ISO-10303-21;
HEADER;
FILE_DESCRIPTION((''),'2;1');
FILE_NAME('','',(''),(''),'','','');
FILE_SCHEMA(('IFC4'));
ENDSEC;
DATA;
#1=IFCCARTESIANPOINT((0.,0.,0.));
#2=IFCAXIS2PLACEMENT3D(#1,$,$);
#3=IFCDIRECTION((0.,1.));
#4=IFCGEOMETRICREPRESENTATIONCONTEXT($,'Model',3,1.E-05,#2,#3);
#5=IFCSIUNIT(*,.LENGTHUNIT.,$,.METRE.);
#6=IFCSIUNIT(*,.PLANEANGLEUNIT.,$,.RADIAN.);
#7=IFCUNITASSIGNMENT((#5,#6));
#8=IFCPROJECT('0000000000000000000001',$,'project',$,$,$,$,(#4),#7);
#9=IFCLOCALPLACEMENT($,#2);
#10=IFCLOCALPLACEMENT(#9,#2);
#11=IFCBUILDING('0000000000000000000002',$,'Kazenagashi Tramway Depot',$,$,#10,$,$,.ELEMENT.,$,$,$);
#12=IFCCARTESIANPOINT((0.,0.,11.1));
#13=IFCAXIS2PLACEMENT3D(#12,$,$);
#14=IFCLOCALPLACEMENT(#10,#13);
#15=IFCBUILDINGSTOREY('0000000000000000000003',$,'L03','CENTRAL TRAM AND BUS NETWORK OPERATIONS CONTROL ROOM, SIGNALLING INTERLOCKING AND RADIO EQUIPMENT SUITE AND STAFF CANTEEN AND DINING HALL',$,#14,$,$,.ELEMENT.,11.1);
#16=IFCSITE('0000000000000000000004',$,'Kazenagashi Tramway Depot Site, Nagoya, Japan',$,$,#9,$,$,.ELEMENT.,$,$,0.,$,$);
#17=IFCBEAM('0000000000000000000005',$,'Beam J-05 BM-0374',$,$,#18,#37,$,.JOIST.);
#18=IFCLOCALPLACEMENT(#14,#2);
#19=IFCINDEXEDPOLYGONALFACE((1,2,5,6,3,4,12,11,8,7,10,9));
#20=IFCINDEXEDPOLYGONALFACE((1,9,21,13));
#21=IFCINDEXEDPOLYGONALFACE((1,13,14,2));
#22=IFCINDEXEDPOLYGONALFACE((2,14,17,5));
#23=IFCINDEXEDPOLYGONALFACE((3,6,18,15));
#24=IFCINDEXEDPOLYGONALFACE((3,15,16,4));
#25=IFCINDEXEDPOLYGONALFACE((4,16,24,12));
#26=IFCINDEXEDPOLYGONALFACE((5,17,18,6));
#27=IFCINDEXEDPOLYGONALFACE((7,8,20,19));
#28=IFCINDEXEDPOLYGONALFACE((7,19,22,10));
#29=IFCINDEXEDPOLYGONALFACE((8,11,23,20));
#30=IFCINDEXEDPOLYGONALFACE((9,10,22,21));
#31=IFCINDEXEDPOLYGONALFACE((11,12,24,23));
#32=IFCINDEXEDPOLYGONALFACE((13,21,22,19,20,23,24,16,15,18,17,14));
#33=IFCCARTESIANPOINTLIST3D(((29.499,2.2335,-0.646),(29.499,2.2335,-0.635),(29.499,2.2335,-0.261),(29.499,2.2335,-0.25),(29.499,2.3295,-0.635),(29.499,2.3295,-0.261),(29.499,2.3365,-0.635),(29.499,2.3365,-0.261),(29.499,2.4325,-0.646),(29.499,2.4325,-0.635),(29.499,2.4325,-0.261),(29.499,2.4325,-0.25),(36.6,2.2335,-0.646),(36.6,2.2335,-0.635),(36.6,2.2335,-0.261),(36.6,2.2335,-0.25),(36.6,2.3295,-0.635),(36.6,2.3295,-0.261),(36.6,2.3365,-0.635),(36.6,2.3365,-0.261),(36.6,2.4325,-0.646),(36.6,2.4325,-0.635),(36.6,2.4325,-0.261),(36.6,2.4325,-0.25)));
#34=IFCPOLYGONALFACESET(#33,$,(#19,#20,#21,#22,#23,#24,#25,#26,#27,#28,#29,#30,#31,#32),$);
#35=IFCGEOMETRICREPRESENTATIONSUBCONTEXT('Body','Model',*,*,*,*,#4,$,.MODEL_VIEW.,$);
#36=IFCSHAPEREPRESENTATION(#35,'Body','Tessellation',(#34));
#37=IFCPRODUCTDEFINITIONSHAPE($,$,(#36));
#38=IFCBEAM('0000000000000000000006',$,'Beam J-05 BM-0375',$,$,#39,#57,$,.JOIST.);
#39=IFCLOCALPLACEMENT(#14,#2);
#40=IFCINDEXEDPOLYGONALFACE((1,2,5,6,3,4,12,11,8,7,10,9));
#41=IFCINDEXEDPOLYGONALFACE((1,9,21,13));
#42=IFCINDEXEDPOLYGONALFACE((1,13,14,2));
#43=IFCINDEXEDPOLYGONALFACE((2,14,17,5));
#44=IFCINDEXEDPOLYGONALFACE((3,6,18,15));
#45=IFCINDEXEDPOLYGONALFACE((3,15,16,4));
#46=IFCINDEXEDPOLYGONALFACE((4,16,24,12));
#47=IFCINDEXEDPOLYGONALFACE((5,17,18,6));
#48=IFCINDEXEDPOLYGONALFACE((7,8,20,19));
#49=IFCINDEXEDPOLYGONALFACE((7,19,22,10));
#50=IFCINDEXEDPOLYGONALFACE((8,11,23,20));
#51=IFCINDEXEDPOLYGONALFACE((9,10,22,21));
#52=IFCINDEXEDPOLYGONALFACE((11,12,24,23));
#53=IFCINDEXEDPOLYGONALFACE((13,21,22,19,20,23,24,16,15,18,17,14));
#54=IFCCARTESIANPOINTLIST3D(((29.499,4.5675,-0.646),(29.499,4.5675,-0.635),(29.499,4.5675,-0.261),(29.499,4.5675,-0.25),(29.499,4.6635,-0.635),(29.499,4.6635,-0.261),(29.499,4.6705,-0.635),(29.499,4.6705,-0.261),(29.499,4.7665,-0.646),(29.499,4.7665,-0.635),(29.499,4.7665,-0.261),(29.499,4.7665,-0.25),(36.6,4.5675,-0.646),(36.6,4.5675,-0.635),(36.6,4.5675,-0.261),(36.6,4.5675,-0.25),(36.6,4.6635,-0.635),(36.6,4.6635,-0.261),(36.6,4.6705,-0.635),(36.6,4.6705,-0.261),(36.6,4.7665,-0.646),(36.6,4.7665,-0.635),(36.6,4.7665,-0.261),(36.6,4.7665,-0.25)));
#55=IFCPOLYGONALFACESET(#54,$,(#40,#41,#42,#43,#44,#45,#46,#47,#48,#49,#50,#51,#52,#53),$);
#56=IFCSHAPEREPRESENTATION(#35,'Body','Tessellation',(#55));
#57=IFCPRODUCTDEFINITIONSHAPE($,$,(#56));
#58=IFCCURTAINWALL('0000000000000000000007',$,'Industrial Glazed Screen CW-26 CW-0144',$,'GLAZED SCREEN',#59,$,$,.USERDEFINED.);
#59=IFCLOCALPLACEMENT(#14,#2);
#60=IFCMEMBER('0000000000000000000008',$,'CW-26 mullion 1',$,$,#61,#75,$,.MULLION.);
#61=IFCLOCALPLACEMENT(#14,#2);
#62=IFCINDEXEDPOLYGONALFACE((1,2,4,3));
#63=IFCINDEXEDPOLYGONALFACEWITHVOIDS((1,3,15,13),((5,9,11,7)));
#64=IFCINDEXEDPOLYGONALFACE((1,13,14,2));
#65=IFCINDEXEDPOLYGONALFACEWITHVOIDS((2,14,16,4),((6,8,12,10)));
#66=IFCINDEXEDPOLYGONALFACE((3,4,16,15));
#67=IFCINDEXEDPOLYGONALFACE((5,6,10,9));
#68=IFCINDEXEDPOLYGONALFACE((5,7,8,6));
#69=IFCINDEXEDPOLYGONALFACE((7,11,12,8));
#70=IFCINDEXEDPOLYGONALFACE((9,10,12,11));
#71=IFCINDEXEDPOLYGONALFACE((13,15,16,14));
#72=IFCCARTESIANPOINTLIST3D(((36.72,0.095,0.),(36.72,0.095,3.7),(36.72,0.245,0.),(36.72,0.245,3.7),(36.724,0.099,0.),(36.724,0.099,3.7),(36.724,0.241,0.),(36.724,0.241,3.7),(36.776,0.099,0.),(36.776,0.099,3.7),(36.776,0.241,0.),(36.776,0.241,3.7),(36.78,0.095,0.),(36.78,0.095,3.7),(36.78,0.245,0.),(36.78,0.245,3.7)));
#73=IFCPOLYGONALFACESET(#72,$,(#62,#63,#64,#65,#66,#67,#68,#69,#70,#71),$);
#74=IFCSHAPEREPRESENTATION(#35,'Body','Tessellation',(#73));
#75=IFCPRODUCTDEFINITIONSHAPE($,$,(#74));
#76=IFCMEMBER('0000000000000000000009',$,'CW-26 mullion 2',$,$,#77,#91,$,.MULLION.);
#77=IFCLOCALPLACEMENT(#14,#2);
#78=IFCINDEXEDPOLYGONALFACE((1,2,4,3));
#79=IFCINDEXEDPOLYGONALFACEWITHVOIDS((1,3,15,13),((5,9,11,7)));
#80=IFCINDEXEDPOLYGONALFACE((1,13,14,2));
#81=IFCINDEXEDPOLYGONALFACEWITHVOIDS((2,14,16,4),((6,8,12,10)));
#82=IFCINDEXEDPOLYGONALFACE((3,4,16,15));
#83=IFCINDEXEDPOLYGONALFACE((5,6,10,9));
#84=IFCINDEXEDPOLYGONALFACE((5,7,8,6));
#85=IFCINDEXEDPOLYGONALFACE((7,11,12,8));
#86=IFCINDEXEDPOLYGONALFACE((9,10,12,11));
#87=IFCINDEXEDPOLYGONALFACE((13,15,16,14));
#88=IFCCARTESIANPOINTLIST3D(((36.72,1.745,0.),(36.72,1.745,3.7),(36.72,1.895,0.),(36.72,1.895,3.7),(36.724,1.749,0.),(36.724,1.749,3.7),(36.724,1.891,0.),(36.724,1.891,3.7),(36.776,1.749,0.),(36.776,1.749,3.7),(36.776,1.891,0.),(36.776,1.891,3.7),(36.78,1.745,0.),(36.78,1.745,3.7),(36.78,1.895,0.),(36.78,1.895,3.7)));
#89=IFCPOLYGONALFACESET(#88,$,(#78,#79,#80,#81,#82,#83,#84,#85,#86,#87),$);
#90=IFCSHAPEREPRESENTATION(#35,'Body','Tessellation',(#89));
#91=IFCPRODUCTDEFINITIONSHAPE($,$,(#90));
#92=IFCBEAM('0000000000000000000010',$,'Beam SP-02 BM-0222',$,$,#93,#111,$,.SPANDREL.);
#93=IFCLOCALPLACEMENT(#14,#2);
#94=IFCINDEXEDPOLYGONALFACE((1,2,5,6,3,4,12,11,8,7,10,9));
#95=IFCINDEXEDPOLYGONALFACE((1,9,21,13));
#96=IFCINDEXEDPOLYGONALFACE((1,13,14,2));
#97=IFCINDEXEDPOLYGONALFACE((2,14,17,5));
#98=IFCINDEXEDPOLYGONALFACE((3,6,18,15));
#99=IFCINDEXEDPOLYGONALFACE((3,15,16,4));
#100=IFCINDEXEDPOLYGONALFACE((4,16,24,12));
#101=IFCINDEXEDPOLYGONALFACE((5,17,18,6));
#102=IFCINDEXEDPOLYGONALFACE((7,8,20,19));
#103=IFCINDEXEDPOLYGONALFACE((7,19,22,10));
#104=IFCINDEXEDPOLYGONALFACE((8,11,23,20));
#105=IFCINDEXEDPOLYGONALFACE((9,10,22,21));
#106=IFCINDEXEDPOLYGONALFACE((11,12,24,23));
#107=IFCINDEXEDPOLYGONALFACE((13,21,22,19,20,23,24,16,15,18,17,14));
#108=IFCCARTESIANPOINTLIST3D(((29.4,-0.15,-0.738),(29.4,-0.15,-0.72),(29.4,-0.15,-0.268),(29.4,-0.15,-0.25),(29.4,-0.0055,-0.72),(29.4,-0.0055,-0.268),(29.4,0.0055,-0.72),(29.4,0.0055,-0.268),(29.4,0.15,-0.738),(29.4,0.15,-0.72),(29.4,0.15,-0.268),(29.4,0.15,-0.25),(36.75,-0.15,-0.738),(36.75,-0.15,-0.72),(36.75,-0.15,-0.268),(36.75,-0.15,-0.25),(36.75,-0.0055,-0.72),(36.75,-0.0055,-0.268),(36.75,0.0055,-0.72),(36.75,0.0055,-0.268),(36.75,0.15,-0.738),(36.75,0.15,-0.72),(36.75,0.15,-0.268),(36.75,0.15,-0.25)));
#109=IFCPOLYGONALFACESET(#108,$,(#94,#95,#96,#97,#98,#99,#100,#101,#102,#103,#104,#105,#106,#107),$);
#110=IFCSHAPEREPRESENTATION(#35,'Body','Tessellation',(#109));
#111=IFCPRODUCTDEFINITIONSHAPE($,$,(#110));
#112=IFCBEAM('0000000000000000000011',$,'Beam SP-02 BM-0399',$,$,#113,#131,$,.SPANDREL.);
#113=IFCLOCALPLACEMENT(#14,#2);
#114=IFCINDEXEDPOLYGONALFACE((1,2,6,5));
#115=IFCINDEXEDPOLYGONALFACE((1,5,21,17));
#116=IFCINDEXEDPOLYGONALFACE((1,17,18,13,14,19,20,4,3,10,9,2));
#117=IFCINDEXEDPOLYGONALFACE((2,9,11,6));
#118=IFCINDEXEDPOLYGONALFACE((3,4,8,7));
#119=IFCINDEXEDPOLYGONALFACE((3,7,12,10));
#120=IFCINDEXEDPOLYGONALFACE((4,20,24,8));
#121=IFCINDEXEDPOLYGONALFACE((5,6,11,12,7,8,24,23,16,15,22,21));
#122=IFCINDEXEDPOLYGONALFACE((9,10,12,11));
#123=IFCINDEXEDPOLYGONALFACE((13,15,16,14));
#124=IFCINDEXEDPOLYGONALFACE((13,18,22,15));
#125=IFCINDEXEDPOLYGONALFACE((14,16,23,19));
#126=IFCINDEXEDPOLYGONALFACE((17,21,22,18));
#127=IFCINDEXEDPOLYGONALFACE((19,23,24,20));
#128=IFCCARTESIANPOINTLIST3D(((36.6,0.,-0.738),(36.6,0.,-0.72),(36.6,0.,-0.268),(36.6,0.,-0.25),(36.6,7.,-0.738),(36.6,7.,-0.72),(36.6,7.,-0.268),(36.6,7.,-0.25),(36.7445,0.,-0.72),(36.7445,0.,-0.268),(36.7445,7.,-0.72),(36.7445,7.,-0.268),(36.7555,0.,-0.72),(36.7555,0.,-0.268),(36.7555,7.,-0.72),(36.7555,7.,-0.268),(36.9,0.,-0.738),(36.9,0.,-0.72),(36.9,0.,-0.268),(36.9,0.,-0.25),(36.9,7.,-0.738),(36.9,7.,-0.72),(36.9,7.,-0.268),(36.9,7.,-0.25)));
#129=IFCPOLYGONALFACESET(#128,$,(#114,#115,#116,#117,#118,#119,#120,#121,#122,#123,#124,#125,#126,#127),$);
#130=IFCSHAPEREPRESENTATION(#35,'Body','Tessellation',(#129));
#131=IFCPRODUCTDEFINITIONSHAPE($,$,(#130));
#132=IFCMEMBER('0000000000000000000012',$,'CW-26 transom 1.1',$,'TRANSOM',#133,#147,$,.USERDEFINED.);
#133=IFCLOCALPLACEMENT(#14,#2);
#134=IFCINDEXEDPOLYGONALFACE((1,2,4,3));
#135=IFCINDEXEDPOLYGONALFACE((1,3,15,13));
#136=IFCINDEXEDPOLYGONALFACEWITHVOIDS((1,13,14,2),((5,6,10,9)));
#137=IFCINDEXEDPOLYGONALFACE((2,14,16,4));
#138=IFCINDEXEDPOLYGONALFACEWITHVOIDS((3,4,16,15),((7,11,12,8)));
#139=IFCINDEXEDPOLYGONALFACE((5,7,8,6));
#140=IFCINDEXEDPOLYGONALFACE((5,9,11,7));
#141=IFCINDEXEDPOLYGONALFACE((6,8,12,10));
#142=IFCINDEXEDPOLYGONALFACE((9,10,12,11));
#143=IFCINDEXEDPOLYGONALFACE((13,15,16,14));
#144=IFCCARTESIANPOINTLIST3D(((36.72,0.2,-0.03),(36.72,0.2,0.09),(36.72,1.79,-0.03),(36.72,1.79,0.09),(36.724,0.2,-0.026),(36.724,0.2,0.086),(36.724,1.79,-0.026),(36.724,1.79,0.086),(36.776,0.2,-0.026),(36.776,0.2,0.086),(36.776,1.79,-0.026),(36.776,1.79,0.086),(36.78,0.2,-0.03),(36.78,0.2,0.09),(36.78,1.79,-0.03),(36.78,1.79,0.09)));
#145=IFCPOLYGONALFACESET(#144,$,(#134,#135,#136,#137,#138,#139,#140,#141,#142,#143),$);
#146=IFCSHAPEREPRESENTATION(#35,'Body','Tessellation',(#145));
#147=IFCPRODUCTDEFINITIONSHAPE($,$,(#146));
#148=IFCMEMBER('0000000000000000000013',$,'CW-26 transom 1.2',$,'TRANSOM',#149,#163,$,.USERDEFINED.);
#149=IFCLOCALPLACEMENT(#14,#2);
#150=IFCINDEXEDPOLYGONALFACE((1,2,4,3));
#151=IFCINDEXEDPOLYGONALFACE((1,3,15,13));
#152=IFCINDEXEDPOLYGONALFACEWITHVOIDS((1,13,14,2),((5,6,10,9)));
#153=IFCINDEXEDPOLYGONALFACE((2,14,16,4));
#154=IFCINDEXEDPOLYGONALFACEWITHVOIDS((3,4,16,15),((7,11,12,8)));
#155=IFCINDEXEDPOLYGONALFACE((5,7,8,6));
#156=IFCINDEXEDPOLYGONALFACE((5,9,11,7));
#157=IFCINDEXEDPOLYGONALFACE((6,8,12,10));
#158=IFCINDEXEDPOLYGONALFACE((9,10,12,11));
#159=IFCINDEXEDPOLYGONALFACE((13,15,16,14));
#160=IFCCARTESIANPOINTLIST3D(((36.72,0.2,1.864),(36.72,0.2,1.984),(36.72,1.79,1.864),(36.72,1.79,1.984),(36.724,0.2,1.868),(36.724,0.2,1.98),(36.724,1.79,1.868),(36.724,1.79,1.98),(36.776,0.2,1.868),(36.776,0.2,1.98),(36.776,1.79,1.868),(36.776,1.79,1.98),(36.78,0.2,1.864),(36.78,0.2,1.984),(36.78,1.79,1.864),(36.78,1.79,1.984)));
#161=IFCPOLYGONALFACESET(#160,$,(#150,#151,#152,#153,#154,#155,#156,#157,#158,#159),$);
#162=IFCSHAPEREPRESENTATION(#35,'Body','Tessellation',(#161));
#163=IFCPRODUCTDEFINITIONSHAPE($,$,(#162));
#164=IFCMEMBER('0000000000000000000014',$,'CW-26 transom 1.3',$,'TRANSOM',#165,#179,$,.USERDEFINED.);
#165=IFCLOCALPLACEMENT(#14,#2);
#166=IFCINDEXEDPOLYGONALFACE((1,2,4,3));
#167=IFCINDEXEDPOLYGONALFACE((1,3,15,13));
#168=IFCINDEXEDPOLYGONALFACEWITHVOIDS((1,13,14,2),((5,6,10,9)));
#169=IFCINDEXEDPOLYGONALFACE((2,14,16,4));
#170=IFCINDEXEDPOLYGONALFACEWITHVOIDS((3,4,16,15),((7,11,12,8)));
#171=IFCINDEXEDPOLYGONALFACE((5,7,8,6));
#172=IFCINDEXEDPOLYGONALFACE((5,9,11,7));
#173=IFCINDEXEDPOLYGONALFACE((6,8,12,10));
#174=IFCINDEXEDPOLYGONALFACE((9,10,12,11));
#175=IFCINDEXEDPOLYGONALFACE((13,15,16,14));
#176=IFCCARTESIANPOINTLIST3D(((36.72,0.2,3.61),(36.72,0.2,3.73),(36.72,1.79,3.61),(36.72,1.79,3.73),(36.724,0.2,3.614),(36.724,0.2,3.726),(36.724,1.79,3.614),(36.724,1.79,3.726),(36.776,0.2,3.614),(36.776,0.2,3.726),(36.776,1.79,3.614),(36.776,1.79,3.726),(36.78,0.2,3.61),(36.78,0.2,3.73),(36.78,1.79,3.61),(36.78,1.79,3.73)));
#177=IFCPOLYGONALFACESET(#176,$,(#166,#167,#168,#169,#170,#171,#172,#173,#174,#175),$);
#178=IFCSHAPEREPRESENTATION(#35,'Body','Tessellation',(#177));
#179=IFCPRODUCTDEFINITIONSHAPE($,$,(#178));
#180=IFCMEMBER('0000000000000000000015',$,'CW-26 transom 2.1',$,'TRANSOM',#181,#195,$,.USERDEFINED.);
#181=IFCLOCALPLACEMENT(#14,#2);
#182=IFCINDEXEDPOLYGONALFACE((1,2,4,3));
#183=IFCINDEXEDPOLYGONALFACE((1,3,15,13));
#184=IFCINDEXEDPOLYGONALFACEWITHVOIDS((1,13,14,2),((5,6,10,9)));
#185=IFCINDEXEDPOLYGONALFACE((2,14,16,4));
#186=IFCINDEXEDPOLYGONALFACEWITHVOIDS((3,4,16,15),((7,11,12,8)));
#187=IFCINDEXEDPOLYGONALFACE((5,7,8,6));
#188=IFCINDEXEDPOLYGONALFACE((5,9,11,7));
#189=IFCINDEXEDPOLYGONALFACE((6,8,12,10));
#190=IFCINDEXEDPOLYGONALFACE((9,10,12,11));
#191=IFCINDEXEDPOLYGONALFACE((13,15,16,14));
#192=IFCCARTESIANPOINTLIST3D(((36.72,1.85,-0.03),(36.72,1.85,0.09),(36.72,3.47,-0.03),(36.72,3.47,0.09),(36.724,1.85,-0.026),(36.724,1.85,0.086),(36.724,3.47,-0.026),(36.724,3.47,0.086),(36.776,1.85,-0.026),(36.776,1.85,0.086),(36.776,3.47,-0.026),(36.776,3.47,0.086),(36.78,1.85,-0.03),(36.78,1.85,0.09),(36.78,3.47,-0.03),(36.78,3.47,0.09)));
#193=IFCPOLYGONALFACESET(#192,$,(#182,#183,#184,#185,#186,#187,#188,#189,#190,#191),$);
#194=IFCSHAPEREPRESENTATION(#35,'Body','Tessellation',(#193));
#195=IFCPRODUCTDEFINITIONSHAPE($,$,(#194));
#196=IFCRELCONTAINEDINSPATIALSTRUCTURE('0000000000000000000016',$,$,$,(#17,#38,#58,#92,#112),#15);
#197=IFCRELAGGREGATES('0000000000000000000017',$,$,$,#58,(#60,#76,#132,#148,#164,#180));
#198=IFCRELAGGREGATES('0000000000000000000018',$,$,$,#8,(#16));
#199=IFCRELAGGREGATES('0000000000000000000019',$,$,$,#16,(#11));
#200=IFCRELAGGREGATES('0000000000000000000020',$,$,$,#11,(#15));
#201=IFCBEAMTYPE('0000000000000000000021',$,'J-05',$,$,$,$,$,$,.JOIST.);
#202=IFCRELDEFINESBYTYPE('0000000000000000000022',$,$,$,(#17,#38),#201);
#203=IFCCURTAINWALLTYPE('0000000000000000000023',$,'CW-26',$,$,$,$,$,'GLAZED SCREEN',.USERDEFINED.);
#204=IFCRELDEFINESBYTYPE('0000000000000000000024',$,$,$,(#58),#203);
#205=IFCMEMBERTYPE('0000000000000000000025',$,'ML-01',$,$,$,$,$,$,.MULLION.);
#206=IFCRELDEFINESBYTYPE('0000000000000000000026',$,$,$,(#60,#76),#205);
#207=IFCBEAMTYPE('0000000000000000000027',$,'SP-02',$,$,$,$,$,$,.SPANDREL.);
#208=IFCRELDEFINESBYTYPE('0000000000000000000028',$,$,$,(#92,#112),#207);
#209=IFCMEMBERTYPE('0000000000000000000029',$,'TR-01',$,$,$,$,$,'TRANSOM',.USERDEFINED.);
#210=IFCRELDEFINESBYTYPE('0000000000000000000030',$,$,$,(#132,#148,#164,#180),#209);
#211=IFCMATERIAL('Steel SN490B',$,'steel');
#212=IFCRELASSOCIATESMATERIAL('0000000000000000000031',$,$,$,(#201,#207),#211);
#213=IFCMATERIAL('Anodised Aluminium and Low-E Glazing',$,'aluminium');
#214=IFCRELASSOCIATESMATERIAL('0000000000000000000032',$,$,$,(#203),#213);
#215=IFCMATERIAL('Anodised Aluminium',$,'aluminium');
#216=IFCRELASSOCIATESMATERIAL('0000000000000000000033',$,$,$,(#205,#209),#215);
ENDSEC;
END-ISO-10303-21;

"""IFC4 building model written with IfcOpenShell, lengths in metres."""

from ifc_helpers import new_model, si_unit, direction, frame, origin, origin_2d, place, context, subcontext, project, spatial, hollow_rectangle, i_section, extrude, material, material_profile, profile_set, type_object, element, aggregate, save


model = new_model("IFC4")

# Units and contexts
model_context = context("Model", 3, precision=1e-05, world=origin(), true_north=direction((0.0, 1.0)))
body_context = subcontext(model_context, "Body", "Model", "MODEL_VIEW")
ifc_project = project(units=[si_unit("LENGTHUNIT", "METRE"), si_unit("PLANEANGLEUNIT", "RADIAN")], contexts=[model_context])

# Site, building, storey
site_placement = place(None, origin())
site = spatial("IfcSite", under=ifc_project, at=site_placement, Name="Kazenagashi Tramway Depot Site, Nagoya, Japan", CompositionType="ELEMENT", RefElevation=0.0)
building_placement = place(site_placement, origin())
building = spatial("IfcBuilding", under=site, at=building_placement, Name="Kazenagashi Tramway Depot", CompositionType="ELEMENT")
storey_placement = place(building_placement, frame((0.0, 0.0, 11.1)))
storey = spatial("IfcBuildingStorey", under=building, at=storey_placement, Name="L03", Description="CENTRAL TRAM AND BUS NETWORK OPERATIONS CONTROL ROOM, SIGNALLING INTERLOCKING AND RADIO EQUIPMENT SUITE AND STAFF CANTEEN AND DINING HALL", CompositionType="ELEMENT", Elevation=11.1)

# Shared definitions
ifc_material_1 = material(Name="Steel SN490B", Category="steel")

# Beams
ifc_material_profile_1 = material_profile(ifc_material_1, i_section(OverallWidth=0.199, OverallDepth=0.396, WebThickness=0.007, FlangeThickness=0.011, at=origin_2d()), Name="H-396x199x7x11")
ifc_profile_set_1 = profile_set([ifc_material_profile_1], Name="Steel SN490B")
beam_type_1 = type_object("IfcBeamType", Name="J-05", PredefinedType="JOIST", material=ifc_profile_set_1)
for number, where, z_axis, x_axis, name in (
    (1, (29.499, 2.333, -0.448), (1.0, 0.0, 0.0), (0.0, 1.0, 0.0), "Beam J-05 BM-0374"),
    (2, (29.499, 4.667, -0.448), (1.0, 0.0, 0.0), (0.0, 1.0, 0.0), "Beam J-05 BM-0375"),
):
    element("IfcBeam", number, at=place(storey_placement, frame(where, z_axis=z_axis, x_axis=x_axis)), inside=storey, type_object=beam_type_1, Name=name, PredefinedType="JOIST", context=body_context, shape_type="SweptSolid", body=[
        extrude(i_section(OverallWidth=0.199, OverallDepth=0.396, WebThickness=0.007, FlangeThickness=0.011, at=origin_2d()), origin(), (0.0, 0.0, 1.0), 7.101),
    ])

# Curtain wall, members
ifc_material_2 = material(Name="Anodised Aluminium and Low-E Glazing", Category="aluminium")
curtain_wall_type = type_object("IfcCurtainWallType", Name="CW-26", ElementType="GLAZED SCREEN", PredefinedType="USERDEFINED", material=ifc_material_2)
curtain_wall_placement = place(storey_placement, origin())
curtain_wall = element("IfcCurtainWall", 3, at=curtain_wall_placement, inside=storey, type_object=curtain_wall_type, Name="Industrial Glazed Screen CW-26 CW-0144", ObjectType="GLAZED SCREEN", PredefinedType="USERDEFINED")
ifc_material_3 = material(Name="Anodised Aluminium", Category="aluminium")
ifc_material_profile_2 = material_profile(ifc_material_3, hollow_rectangle(XDim=0.06, YDim=0.15, WallThickness=0.004, at=origin_2d()), Name="RHS-150x60x4")
ifc_profile_set_2 = profile_set([ifc_material_profile_2], Name="Anodised Aluminium")
member_type_1 = type_object("IfcMemberType", Name="ML-01", PredefinedType="MULLION", material=ifc_profile_set_2)
member_1_placement = place(storey_placement, frame((36.75, 0.17, 0.0), z_axis=(0.0, 0.0, 1.0), x_axis=(-1.0, 0.0, 0.0)))
member_1 = element("IfcMember", 4, at=member_1_placement, type_object=member_type_1, Name="CW-26 mullion 1", PredefinedType="MULLION", context=body_context, shape_type="SweptSolid", body=[
    extrude(hollow_rectangle(XDim=0.06, YDim=0.15, WallThickness=0.004, at=origin_2d()), origin(), (0.0, 0.0, 1.0), 3.7),
])
member_2_placement = place(storey_placement, frame((36.75, 1.82, 0.0), z_axis=(0.0, 0.0, 1.0), x_axis=(-1.0, 0.0, 0.0)))
member_2 = element("IfcMember", 5, at=member_2_placement, type_object=member_type_1, Name="CW-26 mullion 2", PredefinedType="MULLION", context=body_context, shape_type="SweptSolid", body=[
    extrude(hollow_rectangle(XDim=0.06, YDim=0.15, WallThickness=0.004, at=origin_2d()), origin(), (0.0, 0.0, 1.0), 3.7),
])

# Beams
ifc_material_profile_3 = material_profile(ifc_material_1, i_section(OverallWidth=0.3, OverallDepth=0.488, WebThickness=0.011, FlangeThickness=0.018, at=origin_2d()), Name="H-488x300x11x18")
ifc_profile_set_3 = profile_set([ifc_material_profile_3], Name="Steel SN490B")
beam_type_2 = type_object("IfcBeamType", Name="SP-02", PredefinedType="SPANDREL", material=ifc_profile_set_3)
beam_1_placement = place(storey_placement, frame((29.4, 0.0, -0.494), z_axis=(1.0, 0.0, 0.0), x_axis=(0.0, 1.0, 0.0)))
element("IfcBeam", 6, at=beam_1_placement, inside=storey, type_object=beam_type_2, Name="Beam SP-02 BM-0222", PredefinedType="SPANDREL", context=body_context, shape_type="SweptSolid", body=[
    extrude(i_section(OverallWidth=0.3, OverallDepth=0.488, WebThickness=0.011, FlangeThickness=0.018, at=origin_2d()), origin(), (0.0, 0.0, 1.0), 7.35),
])
beam_2_placement = place(storey_placement, frame((36.75, 0.0, -0.494), z_axis=(0.0, 1.0, 0.0), x_axis=(-1.0, 0.0, 0.0)))
element("IfcBeam", 7, at=beam_2_placement, inside=storey, type_object=beam_type_2, Name="Beam SP-02 BM-0399", PredefinedType="SPANDREL", context=body_context, shape_type="SweptSolid", body=[
    extrude(i_section(OverallWidth=0.3, OverallDepth=0.488, WebThickness=0.011, FlangeThickness=0.018, at=origin_2d()), origin(), (0.0, 0.0, 1.0), 7.0),
])

# Members
ifc_material_profile_4 = material_profile(ifc_material_3, hollow_rectangle(XDim=0.06, YDim=0.12, WallThickness=0.004, at=origin_2d()), Name="RHS-120x60x4")
ifc_profile_set_4 = profile_set([ifc_material_profile_4], Name="Anodised Aluminium")
member_type_2 = type_object("IfcMemberType", Name="TR-01", ElementType="TRANSOM", PredefinedType="USERDEFINED", material=ifc_profile_set_4)
member_3_placement = place(storey_placement, frame((36.75, 0.2, 0.03), z_axis=(0.0, 1.0, 0.0), x_axis=(-1.0, 0.0, 0.0)))
member_3 = element("IfcMember", 8, at=member_3_placement, type_object=member_type_2, Name="CW-26 transom 1.1", ObjectType="TRANSOM", PredefinedType="USERDEFINED", context=body_context, shape_type="SweptSolid", body=[
    extrude(hollow_rectangle(XDim=0.06, YDim=0.12, WallThickness=0.004, at=origin_2d()), origin(), (0.0, 0.0, 1.0), 1.59),
])
member_4_placement = place(storey_placement, frame((36.75, 0.2, 1.924), z_axis=(0.0, 1.0, 0.0), x_axis=(-1.0, 0.0, 0.0)))
member_4 = element("IfcMember", 9, at=member_4_placement, type_object=member_type_2, Name="CW-26 transom 1.2", ObjectType="TRANSOM", PredefinedType="USERDEFINED", context=body_context, shape_type="SweptSolid", body=[
    extrude(hollow_rectangle(XDim=0.06, YDim=0.12, WallThickness=0.004, at=origin_2d()), origin(), (0.0, 0.0, 1.0), 1.59),
])
member_5_placement = place(storey_placement, frame((36.75, 0.2, 3.67), z_axis=(0.0, 1.0, 0.0), x_axis=(-1.0, 0.0, 0.0)))
member_5 = element("IfcMember", 10, at=member_5_placement, type_object=member_type_2, Name="CW-26 transom 1.3", ObjectType="TRANSOM", PredefinedType="USERDEFINED", context=body_context, shape_type="SweptSolid", body=[
    extrude(hollow_rectangle(XDim=0.06, YDim=0.12, WallThickness=0.004, at=origin_2d()), origin(), (0.0, 0.0, 1.0), 1.59),
])
member_6_placement = place(storey_placement, frame((36.75, 1.85, 0.03), z_axis=(0.0, 1.0, 0.0), x_axis=(-1.0, 0.0, 0.0)))
member_6 = element("IfcMember", 11, at=member_6_placement, type_object=member_type_2, Name="CW-26 transom 2.1", ObjectType="TRANSOM", PredefinedType="USERDEFINED", context=body_context, shape_type="SweptSolid", body=[
    extrude(hollow_rectangle(XDim=0.06, YDim=0.12, WallThickness=0.004, at=origin_2d()), origin(), (0.0, 0.0, 1.0), 1.62),
])

aggregate(curtain_wall, [member_1, member_2, member_3, member_4, member_5, member_6])

save(model, "model.ifc")
